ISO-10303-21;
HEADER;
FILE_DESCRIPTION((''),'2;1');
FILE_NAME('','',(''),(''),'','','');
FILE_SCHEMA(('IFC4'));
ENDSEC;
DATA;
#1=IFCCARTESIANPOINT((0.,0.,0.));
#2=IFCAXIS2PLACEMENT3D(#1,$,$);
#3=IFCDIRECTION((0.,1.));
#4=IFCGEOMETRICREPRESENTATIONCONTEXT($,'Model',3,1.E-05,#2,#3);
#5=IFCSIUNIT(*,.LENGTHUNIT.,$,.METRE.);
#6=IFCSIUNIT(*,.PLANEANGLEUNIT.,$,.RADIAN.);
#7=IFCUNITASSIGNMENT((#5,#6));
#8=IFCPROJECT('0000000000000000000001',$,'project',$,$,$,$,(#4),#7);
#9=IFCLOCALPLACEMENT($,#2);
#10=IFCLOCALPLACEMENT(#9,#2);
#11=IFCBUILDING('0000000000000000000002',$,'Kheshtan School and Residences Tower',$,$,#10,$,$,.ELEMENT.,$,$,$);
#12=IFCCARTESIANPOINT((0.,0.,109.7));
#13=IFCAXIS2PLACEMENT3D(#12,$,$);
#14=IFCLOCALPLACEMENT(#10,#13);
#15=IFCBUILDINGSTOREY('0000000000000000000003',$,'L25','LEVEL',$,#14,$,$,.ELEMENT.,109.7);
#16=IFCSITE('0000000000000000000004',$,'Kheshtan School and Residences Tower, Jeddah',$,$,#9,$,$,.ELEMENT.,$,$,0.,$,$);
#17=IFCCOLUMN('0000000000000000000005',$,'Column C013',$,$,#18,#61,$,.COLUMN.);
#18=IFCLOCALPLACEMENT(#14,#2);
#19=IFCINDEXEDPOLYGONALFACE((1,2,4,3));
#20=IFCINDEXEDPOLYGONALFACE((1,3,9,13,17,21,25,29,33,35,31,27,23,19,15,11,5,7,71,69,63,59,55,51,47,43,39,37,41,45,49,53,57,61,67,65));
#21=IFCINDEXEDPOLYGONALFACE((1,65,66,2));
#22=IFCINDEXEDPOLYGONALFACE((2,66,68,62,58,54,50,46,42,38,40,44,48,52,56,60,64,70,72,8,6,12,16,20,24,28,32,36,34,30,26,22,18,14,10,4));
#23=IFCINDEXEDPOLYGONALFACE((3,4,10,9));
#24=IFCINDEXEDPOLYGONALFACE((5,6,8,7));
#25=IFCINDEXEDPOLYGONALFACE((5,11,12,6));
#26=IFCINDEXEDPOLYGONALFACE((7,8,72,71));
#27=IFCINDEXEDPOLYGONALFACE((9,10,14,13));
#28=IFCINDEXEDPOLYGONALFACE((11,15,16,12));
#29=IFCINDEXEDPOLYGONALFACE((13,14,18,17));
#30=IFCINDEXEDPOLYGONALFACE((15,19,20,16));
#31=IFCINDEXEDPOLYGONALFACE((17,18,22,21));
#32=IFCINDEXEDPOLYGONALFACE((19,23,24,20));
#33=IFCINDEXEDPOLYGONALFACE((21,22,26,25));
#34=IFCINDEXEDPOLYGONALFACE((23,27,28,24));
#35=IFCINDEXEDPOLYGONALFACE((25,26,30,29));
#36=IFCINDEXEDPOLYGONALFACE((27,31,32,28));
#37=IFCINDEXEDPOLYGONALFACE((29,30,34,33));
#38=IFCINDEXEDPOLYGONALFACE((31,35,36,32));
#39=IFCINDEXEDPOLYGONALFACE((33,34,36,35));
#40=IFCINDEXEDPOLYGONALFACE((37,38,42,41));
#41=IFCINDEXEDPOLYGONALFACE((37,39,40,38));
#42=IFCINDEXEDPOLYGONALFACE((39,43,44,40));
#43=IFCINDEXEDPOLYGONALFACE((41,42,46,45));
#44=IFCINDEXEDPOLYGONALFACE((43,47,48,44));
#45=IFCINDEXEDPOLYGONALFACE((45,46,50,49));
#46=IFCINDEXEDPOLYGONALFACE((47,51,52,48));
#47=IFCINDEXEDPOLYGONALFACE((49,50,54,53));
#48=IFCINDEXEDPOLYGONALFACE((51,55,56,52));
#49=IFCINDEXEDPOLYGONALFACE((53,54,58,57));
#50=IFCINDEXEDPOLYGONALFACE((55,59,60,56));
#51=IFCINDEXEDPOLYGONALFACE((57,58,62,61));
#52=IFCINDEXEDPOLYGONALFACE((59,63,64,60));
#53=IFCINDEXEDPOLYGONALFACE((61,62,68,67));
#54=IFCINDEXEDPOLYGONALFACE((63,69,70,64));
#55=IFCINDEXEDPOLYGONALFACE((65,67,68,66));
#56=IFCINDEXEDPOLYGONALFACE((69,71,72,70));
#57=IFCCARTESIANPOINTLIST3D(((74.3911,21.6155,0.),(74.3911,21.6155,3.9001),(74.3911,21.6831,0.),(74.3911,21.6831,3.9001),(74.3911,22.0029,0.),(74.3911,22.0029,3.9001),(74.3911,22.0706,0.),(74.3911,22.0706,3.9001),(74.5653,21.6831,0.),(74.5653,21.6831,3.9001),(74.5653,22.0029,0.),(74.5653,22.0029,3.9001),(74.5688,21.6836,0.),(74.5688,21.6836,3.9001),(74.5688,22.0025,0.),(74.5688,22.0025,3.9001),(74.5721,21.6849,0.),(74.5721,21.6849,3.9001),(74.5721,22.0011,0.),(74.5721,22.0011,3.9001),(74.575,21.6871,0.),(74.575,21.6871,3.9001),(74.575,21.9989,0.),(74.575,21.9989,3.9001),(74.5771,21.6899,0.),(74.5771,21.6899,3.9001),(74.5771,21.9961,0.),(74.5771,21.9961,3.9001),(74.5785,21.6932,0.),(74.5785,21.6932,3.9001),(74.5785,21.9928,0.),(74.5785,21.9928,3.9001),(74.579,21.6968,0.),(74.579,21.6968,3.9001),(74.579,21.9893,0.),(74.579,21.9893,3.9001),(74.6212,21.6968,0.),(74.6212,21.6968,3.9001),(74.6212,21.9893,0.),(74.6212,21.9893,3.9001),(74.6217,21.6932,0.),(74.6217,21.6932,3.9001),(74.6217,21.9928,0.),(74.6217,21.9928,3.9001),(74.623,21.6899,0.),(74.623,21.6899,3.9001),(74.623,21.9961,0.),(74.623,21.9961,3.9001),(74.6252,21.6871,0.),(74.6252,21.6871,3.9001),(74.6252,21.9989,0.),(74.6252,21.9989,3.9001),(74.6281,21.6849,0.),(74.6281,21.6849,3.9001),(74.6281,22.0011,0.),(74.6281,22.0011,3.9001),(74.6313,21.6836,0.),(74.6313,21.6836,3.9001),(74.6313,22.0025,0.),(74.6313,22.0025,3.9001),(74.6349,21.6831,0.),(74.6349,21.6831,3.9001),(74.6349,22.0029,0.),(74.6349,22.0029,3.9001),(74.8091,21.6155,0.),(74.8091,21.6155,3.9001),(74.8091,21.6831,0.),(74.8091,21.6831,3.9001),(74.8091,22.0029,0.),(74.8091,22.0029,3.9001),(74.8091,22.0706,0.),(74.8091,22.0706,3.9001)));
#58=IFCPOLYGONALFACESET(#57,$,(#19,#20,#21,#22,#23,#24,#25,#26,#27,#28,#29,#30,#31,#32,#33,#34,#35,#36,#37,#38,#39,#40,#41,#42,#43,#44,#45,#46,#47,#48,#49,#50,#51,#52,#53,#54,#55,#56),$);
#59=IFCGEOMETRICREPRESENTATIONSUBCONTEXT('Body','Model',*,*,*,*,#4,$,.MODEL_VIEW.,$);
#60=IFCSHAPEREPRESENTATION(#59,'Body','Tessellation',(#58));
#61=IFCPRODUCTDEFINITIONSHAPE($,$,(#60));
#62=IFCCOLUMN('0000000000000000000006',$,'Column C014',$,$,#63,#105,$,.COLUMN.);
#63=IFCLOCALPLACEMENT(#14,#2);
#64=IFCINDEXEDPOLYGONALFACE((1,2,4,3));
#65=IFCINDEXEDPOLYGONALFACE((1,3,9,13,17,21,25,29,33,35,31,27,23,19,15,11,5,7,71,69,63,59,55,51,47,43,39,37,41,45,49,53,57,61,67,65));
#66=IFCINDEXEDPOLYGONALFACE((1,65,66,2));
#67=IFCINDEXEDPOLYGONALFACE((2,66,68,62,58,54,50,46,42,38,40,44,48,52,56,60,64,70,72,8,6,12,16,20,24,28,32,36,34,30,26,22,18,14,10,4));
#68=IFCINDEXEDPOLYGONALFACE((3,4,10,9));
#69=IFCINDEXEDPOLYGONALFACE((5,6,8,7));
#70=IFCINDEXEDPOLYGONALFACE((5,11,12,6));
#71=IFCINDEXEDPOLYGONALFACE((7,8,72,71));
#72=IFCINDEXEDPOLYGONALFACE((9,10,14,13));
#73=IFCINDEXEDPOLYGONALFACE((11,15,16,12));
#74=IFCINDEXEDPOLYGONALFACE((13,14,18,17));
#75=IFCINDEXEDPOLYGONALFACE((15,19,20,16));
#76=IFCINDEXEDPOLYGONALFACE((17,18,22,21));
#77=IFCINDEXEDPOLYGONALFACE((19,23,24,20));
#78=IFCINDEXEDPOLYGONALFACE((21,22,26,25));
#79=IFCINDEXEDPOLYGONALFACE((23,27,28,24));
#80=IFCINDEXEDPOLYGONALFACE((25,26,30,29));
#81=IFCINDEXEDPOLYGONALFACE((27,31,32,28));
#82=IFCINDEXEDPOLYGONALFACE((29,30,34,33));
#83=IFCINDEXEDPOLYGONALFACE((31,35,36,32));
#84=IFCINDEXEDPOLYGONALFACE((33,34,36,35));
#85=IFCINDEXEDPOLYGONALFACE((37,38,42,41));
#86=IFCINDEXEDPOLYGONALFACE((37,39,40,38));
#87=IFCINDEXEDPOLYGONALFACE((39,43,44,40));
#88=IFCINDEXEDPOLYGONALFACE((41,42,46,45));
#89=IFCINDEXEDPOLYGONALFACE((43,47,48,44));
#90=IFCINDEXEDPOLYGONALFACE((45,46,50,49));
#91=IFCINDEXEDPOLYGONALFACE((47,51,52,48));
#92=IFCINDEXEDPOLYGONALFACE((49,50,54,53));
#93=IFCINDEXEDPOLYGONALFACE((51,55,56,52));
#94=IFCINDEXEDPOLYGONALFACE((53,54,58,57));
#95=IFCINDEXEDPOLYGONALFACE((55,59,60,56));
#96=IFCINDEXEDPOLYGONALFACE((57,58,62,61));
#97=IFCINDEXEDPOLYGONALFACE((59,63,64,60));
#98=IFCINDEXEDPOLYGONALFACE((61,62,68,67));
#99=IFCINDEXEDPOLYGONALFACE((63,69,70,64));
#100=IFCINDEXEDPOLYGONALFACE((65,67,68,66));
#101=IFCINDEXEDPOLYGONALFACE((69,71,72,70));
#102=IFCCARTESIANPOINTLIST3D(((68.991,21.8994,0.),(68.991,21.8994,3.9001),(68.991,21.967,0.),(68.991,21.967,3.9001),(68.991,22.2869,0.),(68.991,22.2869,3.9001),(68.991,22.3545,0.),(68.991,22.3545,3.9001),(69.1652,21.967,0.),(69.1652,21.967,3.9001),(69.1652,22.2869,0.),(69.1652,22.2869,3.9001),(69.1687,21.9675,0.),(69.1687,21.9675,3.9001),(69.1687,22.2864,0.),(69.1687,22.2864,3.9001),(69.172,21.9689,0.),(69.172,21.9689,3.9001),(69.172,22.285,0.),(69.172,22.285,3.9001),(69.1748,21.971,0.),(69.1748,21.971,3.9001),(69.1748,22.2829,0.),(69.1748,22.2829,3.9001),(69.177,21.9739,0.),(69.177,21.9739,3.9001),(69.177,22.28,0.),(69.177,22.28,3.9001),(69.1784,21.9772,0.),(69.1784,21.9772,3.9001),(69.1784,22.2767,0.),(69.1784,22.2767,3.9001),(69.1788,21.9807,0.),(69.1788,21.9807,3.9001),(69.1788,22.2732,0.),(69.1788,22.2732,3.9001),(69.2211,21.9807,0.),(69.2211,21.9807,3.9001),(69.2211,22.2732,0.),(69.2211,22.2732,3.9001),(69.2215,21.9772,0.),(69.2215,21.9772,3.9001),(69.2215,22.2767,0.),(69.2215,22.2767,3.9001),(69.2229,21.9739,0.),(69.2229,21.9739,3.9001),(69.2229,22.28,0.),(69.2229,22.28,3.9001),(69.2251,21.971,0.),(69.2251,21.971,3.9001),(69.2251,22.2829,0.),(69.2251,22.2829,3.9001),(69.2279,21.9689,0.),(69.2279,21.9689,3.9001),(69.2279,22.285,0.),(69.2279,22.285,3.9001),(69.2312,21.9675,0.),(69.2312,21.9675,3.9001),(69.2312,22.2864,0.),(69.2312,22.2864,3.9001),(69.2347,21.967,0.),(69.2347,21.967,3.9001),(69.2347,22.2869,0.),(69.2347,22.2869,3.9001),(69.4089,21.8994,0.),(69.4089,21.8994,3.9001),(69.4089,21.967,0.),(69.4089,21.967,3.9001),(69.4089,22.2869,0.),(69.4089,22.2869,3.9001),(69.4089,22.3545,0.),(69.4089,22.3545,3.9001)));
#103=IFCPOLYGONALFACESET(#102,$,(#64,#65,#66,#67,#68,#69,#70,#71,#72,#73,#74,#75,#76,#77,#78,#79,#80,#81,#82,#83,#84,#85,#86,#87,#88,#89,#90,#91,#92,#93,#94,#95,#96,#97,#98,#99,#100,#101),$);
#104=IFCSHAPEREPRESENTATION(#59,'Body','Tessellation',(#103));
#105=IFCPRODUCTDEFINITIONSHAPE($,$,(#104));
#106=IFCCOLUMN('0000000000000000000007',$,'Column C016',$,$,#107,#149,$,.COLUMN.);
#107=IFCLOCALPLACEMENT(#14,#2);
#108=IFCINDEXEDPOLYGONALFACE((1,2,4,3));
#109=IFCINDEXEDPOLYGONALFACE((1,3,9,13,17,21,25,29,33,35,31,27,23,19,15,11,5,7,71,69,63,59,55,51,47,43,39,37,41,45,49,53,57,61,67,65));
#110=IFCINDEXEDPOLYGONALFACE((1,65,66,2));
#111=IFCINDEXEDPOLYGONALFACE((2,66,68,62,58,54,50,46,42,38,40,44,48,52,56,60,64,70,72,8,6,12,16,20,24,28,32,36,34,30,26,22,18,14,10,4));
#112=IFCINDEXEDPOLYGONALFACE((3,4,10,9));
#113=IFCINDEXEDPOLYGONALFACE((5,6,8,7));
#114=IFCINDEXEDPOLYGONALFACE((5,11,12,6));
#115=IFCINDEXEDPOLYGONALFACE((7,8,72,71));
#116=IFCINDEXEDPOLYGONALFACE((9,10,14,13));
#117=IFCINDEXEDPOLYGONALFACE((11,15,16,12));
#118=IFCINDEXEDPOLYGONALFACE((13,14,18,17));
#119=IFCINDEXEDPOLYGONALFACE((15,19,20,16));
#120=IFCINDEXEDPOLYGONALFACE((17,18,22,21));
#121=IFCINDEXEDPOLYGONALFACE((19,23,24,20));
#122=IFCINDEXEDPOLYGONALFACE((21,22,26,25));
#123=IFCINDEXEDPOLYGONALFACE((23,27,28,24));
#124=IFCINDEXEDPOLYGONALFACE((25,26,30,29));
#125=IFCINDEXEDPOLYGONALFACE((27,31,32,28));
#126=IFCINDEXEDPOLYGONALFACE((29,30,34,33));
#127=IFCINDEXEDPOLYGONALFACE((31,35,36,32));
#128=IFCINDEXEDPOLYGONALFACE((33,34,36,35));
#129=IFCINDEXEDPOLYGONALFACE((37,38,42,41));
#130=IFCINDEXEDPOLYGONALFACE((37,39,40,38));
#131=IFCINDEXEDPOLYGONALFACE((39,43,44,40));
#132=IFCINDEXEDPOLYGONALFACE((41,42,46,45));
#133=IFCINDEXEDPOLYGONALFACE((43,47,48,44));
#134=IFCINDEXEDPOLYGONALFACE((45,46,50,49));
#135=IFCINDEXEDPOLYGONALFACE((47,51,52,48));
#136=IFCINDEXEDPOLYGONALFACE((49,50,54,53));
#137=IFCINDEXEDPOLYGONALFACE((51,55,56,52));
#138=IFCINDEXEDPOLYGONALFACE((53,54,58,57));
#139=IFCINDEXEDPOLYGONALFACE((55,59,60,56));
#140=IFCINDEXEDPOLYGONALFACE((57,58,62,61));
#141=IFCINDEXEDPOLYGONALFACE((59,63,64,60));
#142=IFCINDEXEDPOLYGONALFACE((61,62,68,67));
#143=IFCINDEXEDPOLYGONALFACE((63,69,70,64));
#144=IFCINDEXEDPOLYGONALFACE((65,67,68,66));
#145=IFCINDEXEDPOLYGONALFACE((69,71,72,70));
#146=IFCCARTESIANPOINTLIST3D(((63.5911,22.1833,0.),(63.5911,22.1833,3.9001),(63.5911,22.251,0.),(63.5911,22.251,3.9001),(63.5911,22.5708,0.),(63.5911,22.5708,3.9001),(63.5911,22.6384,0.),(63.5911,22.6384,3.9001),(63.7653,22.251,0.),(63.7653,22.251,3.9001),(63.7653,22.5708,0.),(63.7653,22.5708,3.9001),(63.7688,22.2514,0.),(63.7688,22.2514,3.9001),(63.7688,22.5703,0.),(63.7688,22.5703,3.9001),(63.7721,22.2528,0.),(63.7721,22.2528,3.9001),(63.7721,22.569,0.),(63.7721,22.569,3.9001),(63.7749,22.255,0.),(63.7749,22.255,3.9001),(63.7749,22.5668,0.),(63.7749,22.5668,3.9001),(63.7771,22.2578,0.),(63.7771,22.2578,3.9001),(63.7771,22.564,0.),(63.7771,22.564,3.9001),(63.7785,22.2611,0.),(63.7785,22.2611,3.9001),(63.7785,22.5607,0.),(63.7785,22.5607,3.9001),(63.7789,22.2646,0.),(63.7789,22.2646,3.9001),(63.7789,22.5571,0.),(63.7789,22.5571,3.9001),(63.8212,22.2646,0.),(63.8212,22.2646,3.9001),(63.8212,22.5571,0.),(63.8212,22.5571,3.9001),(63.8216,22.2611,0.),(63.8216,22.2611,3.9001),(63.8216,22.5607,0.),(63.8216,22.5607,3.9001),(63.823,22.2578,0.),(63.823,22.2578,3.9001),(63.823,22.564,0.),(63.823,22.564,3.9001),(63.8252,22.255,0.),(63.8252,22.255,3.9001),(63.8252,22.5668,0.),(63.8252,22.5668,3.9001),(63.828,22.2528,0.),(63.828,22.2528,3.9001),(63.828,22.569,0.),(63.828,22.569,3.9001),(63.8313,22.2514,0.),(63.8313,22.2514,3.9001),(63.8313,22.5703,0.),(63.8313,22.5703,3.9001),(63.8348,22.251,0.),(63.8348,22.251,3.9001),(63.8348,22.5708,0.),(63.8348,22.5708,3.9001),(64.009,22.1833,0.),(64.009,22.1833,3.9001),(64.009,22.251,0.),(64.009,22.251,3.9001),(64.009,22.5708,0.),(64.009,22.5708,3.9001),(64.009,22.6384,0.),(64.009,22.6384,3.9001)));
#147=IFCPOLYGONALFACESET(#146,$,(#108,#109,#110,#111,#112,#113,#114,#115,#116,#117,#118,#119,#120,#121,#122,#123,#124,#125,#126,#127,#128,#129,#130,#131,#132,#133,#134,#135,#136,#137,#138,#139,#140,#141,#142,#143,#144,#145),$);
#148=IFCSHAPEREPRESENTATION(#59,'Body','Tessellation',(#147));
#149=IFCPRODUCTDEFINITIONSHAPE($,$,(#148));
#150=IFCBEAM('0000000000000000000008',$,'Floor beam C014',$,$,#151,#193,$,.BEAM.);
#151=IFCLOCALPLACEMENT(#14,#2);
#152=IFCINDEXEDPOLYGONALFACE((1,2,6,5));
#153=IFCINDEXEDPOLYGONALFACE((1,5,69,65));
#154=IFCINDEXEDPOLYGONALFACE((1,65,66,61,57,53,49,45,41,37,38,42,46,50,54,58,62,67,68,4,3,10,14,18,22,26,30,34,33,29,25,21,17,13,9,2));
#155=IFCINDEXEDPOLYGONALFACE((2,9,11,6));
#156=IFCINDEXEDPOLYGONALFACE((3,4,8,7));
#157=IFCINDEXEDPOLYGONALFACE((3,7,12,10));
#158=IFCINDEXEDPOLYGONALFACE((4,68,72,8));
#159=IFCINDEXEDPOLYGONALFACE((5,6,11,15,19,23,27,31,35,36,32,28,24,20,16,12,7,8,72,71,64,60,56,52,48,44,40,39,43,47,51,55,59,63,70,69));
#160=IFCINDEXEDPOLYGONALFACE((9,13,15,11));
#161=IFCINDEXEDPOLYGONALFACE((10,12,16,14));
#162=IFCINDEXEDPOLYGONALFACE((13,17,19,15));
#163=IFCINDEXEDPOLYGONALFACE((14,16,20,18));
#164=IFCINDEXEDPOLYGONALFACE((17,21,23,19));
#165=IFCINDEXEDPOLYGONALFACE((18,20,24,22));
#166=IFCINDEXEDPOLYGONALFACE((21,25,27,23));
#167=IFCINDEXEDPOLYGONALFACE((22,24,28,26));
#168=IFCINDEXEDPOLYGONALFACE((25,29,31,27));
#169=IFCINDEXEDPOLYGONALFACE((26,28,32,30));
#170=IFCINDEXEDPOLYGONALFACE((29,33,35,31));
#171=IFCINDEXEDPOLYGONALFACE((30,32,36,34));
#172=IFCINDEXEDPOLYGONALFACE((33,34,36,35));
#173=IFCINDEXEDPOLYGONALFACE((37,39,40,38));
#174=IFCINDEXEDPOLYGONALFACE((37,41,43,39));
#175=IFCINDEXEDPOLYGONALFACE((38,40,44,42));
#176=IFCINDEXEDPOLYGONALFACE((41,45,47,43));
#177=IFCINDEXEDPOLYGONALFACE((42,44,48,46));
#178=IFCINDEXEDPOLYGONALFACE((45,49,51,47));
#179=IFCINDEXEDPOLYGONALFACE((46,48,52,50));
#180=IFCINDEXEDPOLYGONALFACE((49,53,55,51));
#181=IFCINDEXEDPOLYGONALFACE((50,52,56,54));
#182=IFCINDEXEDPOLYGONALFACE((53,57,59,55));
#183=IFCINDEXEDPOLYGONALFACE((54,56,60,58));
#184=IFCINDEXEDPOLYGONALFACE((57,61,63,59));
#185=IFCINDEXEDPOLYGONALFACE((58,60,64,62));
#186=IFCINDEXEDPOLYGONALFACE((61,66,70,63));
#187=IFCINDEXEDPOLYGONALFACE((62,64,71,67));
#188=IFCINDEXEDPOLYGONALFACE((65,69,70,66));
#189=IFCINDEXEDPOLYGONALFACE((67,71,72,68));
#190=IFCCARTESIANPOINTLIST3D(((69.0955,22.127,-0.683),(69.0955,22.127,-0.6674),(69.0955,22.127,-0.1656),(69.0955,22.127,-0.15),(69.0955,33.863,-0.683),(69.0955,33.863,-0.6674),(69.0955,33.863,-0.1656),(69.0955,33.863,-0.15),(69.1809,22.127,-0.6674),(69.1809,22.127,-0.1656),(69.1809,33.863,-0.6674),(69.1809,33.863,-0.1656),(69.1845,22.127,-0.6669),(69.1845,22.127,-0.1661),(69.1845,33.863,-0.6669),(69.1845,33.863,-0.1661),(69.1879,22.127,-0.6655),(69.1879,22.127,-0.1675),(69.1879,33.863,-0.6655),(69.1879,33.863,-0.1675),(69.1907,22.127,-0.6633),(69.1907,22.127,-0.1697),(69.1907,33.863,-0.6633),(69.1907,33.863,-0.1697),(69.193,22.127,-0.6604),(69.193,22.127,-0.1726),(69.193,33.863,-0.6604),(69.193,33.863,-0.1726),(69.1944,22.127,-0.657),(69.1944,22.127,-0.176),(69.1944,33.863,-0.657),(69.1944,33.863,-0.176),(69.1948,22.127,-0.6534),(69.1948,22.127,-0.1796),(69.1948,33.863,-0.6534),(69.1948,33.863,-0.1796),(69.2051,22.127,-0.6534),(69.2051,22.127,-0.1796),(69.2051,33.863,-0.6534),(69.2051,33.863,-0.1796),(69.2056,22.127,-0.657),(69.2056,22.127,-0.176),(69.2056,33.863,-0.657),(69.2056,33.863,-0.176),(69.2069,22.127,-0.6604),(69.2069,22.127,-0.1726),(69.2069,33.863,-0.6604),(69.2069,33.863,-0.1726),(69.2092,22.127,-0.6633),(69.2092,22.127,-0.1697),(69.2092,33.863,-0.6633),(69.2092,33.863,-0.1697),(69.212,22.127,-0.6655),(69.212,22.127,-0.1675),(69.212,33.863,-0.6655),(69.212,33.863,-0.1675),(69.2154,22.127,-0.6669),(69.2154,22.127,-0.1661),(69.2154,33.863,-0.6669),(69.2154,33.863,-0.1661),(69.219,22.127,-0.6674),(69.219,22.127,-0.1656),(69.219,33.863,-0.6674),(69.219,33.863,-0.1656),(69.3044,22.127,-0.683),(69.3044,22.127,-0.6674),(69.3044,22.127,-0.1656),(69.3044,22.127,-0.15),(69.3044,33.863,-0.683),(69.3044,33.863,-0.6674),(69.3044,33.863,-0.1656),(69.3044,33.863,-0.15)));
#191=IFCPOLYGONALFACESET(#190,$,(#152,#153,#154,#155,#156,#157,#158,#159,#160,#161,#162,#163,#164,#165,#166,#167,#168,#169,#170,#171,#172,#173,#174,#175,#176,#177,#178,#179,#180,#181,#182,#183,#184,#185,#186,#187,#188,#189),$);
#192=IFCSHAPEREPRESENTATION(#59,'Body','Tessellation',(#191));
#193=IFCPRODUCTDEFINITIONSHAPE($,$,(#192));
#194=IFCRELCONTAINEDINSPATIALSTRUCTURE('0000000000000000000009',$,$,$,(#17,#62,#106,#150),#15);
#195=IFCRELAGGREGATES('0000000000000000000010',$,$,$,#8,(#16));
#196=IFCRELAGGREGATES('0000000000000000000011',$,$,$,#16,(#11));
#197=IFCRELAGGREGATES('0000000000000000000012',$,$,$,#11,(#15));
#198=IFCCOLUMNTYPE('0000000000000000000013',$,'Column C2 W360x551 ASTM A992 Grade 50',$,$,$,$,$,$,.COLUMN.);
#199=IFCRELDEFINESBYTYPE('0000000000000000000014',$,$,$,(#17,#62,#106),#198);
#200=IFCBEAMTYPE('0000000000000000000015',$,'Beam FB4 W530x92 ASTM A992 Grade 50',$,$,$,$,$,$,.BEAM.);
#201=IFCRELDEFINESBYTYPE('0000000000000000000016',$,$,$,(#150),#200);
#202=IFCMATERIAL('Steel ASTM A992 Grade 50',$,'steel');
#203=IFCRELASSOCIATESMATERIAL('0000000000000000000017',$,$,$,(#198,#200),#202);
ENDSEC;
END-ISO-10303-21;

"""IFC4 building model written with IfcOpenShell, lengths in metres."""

from ifc_helpers import new_model, si_unit, direction, frame, origin, origin_2d, place, context, subcontext, project, spatial, i_section, extrude, material, material_profile, profile_set, type_object, element, save


model = new_model("IFC4")

# Units and contexts
model_context = context("Model", 3, precision=1e-05, world=origin(), true_north=direction((0.0, 1.0)))
body_context = subcontext(model_context, "Body", "Model", "MODEL_VIEW")
ifc_project = project(units=[si_unit("LENGTHUNIT", "METRE"), si_unit("PLANEANGLEUNIT", "RADIAN")], contexts=[model_context])

# Site, building, storey
site_placement = place(None, origin())
site = spatial("IfcSite", under=ifc_project, at=site_placement, Name="Kheshtan School and Residences Tower, Jeddah", CompositionType="ELEMENT", RefElevation=0.0)
building_placement = place(site_placement, origin())
building = spatial("IfcBuilding", under=site, at=building_placement, Name="Kheshtan School and Residences Tower", CompositionType="ELEMENT")
storey_placement = place(building_placement, frame((0.0, 0.0, 109.7)))
storey = spatial("IfcBuildingStorey", under=building, at=storey_placement, Name="L25", Description="LEVEL", CompositionType="ELEMENT", Elevation=109.7)

# Columns
ifc_material_1 = material(Name="Steel ASTM A992 Grade 50", Category="steel")
ifc_material_profile_1 = material_profile(ifc_material_1, i_section(OverallWidth=0.418, OverallDepth=0.4551, WebThickness=0.0422, FlangeThickness=0.0676, FilletRadius=0.0137, at=origin_2d()), Name="W360x551")
ifc_profile_set_1 = profile_set([ifc_material_profile_1], Name="Steel ASTM A992 Grade 50")
column_type = type_object("IfcColumnType", Name="Column C2 W360x551 ASTM A992 Grade 50", PredefinedType="COLUMN", material=ifc_profile_set_1)
for number, where, z_axis, x_axis, name in (
    (1, (74.6001, 21.843, 0.0), (0.0, 0.0, 1.0), (1.0, 0.0, 0.0), "Column C013"),
    (2, (69.2, 22.127, 0.0), (0.0, 0.0, 1.0), (1.0, 0.0, 0.0), "Column C014"),
    (3, (63.8, 22.4109, 0.0), (0.0, 0.0, 1.0), (1.0, 0.0, 0.0), "Column C016"),
):
    element("IfcColumn", number, at=place(storey_placement, frame(where, z_axis=z_axis, x_axis=x_axis)), inside=storey, type_object=column_type, Name=name, PredefinedType="COLUMN", context=body_context, shape_type="SweptSolid", body=[
        extrude(i_section(OverallWidth=0.418, OverallDepth=0.4551, WebThickness=0.0422, FlangeThickness=0.0676, FilletRadius=0.0137, at=origin_2d()), origin(), (0.0, 0.0, 1.0), 3.9001),
    ])

# Beam
ifc_material_profile_2 = material_profile(ifc_material_1, i_section(OverallWidth=0.209, OverallDepth=0.533, WebThickness=0.0103, FlangeThickness=0.0156, FilletRadius=0.0139, at=origin_2d()), Name="W530x92")
ifc_profile_set_2 = profile_set([ifc_material_profile_2], Name="Steel ASTM A992 Grade 50")
beam_type_1 = type_object("IfcBeamType", Name="Beam FB4 W530x92 ASTM A992 Grade 50", PredefinedType="BEAM", material=ifc_profile_set_2)
beam_1_placement = place(storey_placement, frame((69.2, 22.127, -0.4165), z_axis=(0.0, 1.0, 0.0), x_axis=(-1.0, 0.0, 0.0)))
element("IfcBeam", 4, at=beam_1_placement, inside=storey, type_object=beam_type_1, Name="Floor beam C014", PredefinedType="BEAM", context=body_context, shape_type="SweptSolid", body=[
    extrude(i_section(OverallWidth=0.209, OverallDepth=0.533, WebThickness=0.0103, FlangeThickness=0.0156, FilletRadius=0.0139, at=origin_2d()), origin(), (0.0, 0.0, 1.0), 11.7361),
])

save(model, "model.ifc")
